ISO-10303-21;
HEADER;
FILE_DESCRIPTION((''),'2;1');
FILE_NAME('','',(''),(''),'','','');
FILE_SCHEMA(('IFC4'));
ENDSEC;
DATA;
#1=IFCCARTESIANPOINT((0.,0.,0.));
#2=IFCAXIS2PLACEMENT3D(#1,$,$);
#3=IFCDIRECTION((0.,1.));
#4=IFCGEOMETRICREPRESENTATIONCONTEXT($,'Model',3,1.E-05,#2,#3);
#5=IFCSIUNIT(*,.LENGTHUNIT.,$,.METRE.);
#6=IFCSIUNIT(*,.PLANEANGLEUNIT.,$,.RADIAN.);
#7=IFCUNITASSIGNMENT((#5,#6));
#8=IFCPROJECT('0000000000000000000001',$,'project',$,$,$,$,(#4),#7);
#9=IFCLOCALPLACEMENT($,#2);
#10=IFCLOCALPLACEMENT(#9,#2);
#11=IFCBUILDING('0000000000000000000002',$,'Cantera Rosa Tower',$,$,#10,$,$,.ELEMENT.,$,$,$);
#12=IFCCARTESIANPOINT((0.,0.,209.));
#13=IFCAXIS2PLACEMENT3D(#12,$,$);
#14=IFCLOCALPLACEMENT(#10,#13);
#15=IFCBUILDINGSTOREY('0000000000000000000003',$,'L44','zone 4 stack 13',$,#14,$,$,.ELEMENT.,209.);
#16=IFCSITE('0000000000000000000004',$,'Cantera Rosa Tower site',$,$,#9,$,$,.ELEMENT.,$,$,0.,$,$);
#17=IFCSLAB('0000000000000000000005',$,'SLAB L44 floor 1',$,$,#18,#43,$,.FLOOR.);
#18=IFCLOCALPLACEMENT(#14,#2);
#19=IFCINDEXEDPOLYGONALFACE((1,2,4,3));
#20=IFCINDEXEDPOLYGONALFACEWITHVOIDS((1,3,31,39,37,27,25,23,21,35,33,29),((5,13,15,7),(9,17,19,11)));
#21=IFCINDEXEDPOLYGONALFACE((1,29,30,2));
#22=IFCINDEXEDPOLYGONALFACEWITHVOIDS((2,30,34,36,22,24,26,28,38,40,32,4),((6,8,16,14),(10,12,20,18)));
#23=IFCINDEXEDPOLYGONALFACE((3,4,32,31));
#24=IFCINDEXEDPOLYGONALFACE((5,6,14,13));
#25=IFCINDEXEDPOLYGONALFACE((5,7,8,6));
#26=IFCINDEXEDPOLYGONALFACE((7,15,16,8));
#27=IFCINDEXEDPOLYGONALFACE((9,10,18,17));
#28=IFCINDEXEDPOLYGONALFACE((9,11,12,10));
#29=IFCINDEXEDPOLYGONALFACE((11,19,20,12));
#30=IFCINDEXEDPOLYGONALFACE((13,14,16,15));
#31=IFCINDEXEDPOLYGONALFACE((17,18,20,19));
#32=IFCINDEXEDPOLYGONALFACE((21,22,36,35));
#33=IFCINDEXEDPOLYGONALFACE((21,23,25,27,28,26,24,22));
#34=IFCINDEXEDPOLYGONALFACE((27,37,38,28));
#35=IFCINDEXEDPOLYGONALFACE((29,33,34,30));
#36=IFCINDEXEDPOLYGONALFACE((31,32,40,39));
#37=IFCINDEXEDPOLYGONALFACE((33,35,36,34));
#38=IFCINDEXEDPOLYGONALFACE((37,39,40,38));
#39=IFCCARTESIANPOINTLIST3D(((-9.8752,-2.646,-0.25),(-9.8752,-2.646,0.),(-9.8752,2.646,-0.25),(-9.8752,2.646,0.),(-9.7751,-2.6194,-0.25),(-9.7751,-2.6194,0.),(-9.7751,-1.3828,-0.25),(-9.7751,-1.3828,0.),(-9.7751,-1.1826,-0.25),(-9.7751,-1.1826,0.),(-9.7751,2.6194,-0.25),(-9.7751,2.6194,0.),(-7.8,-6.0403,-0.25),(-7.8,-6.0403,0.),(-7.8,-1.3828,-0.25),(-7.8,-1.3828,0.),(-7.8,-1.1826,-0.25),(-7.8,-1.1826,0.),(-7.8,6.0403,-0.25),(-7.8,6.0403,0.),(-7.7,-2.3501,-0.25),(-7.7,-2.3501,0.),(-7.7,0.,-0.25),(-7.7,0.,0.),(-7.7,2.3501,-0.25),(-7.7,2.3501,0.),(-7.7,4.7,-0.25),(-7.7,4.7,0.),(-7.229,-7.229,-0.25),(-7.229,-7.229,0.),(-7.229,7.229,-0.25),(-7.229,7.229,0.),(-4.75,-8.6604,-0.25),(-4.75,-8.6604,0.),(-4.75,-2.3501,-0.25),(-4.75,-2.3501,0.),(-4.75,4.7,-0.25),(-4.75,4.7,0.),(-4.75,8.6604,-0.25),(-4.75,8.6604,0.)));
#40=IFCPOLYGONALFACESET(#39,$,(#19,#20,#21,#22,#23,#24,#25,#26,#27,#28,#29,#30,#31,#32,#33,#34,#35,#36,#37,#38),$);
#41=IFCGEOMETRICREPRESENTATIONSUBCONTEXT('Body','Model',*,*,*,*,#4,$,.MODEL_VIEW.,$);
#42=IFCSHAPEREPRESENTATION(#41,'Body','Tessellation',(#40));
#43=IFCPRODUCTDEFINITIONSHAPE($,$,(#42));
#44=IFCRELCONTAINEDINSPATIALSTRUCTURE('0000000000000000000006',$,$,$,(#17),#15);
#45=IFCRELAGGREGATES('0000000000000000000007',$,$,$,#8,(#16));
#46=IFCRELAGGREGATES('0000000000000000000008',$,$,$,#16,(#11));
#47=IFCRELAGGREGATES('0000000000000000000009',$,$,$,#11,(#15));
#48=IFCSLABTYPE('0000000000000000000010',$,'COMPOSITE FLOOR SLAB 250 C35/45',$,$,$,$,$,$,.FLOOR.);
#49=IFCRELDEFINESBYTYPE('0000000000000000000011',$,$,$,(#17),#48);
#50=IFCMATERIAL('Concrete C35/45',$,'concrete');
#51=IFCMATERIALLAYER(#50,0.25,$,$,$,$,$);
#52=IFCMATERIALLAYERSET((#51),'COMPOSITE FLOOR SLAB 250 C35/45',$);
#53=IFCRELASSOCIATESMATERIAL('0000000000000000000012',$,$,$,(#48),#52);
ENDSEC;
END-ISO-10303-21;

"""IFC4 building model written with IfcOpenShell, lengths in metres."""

from ifc_helpers import new_model, si_unit, direction, frame, origin, place, context, subcontext, project, spatial, polyline, outline, extrude, material, layer, layer_set, type_object, element, save


model = new_model("IFC4")

# Units and contexts
model_context = context("Model", 3, precision=1e-05, world=origin(), true_north=direction((0.0, 1.0)))
body_context = subcontext(model_context, "Body", "Model", "MODEL_VIEW")
ifc_project = project(units=[si_unit("LENGTHUNIT", "METRE"), si_unit("PLANEANGLEUNIT", "RADIAN")], contexts=[model_context])

# Site, building, storey
site_placement = place(None, origin())
site = spatial("IfcSite", under=ifc_project, at=site_placement, Name="Cantera Rosa Tower site", CompositionType="ELEMENT", RefElevation=0.0)
building_placement = place(site_placement, origin())
building = spatial("IfcBuilding", under=site, at=building_placement, Name="Cantera Rosa Tower", CompositionType="ELEMENT")
storey_placement = place(building_placement, frame((0.0, 0.0, 209.0)))
storey = spatial("IfcBuildingStorey", under=building, at=storey_placement, Name="L44", Description="zone 4 stack 13", CompositionType="ELEMENT", Elevation=209.0)

# Slab
ifc_material_1 = material(Name="Concrete C35/45", Category="concrete")
ifc_layer_1 = layer(ifc_material_1, 0.25)
ifc_layer_set_1 = layer_set([ifc_layer_1], Name="COMPOSITE FLOOR SLAB 250 C35/45")
slab_type_1 = type_object("IfcSlabType", Name="COMPOSITE FLOOR SLAB 250 C35/45", PredefinedType="FLOOR", material=ifc_layer_set_1)
slab_1_placement = place(storey_placement, frame((0.0, 0.0, -0.25)))
element("IfcSlab", 1, at=slab_1_placement, inside=storey, type_object=slab_type_1, Name="SLAB L44 floor 1", PredefinedType="FLOOR", context=body_context, shape_type="SweptSolid", body=[
    extrude(outline(polyline([(-4.75, -2.3501), (-4.75, -8.6604), (-7.229, -7.229), (-9.8752, -2.646), (-9.8752, 2.646), (-7.229, 7.229), (-4.75, 8.6604), (-4.75, 4.7), (-7.7, 4.7), (-7.7, 2.3501), (-7.7, 0.0), (-7.7, -2.3501), (-4.75, -2.3501)]), holes=[polyline([(-7.8, -1.3828), (-9.7751, -1.3828), (-9.7751, -2.6194), (-7.8, -6.0403), (-7.8, -1.3828)]), polyline([(-7.8, 6.0403), (-9.7751, 2.6194), (-9.7751, -1.1826), (-7.8, -1.1826), (-7.8, 6.0403)])]), origin(), (0.0, 0.0, 1.0), 0.25),
])

save(model, "model.ifc")
